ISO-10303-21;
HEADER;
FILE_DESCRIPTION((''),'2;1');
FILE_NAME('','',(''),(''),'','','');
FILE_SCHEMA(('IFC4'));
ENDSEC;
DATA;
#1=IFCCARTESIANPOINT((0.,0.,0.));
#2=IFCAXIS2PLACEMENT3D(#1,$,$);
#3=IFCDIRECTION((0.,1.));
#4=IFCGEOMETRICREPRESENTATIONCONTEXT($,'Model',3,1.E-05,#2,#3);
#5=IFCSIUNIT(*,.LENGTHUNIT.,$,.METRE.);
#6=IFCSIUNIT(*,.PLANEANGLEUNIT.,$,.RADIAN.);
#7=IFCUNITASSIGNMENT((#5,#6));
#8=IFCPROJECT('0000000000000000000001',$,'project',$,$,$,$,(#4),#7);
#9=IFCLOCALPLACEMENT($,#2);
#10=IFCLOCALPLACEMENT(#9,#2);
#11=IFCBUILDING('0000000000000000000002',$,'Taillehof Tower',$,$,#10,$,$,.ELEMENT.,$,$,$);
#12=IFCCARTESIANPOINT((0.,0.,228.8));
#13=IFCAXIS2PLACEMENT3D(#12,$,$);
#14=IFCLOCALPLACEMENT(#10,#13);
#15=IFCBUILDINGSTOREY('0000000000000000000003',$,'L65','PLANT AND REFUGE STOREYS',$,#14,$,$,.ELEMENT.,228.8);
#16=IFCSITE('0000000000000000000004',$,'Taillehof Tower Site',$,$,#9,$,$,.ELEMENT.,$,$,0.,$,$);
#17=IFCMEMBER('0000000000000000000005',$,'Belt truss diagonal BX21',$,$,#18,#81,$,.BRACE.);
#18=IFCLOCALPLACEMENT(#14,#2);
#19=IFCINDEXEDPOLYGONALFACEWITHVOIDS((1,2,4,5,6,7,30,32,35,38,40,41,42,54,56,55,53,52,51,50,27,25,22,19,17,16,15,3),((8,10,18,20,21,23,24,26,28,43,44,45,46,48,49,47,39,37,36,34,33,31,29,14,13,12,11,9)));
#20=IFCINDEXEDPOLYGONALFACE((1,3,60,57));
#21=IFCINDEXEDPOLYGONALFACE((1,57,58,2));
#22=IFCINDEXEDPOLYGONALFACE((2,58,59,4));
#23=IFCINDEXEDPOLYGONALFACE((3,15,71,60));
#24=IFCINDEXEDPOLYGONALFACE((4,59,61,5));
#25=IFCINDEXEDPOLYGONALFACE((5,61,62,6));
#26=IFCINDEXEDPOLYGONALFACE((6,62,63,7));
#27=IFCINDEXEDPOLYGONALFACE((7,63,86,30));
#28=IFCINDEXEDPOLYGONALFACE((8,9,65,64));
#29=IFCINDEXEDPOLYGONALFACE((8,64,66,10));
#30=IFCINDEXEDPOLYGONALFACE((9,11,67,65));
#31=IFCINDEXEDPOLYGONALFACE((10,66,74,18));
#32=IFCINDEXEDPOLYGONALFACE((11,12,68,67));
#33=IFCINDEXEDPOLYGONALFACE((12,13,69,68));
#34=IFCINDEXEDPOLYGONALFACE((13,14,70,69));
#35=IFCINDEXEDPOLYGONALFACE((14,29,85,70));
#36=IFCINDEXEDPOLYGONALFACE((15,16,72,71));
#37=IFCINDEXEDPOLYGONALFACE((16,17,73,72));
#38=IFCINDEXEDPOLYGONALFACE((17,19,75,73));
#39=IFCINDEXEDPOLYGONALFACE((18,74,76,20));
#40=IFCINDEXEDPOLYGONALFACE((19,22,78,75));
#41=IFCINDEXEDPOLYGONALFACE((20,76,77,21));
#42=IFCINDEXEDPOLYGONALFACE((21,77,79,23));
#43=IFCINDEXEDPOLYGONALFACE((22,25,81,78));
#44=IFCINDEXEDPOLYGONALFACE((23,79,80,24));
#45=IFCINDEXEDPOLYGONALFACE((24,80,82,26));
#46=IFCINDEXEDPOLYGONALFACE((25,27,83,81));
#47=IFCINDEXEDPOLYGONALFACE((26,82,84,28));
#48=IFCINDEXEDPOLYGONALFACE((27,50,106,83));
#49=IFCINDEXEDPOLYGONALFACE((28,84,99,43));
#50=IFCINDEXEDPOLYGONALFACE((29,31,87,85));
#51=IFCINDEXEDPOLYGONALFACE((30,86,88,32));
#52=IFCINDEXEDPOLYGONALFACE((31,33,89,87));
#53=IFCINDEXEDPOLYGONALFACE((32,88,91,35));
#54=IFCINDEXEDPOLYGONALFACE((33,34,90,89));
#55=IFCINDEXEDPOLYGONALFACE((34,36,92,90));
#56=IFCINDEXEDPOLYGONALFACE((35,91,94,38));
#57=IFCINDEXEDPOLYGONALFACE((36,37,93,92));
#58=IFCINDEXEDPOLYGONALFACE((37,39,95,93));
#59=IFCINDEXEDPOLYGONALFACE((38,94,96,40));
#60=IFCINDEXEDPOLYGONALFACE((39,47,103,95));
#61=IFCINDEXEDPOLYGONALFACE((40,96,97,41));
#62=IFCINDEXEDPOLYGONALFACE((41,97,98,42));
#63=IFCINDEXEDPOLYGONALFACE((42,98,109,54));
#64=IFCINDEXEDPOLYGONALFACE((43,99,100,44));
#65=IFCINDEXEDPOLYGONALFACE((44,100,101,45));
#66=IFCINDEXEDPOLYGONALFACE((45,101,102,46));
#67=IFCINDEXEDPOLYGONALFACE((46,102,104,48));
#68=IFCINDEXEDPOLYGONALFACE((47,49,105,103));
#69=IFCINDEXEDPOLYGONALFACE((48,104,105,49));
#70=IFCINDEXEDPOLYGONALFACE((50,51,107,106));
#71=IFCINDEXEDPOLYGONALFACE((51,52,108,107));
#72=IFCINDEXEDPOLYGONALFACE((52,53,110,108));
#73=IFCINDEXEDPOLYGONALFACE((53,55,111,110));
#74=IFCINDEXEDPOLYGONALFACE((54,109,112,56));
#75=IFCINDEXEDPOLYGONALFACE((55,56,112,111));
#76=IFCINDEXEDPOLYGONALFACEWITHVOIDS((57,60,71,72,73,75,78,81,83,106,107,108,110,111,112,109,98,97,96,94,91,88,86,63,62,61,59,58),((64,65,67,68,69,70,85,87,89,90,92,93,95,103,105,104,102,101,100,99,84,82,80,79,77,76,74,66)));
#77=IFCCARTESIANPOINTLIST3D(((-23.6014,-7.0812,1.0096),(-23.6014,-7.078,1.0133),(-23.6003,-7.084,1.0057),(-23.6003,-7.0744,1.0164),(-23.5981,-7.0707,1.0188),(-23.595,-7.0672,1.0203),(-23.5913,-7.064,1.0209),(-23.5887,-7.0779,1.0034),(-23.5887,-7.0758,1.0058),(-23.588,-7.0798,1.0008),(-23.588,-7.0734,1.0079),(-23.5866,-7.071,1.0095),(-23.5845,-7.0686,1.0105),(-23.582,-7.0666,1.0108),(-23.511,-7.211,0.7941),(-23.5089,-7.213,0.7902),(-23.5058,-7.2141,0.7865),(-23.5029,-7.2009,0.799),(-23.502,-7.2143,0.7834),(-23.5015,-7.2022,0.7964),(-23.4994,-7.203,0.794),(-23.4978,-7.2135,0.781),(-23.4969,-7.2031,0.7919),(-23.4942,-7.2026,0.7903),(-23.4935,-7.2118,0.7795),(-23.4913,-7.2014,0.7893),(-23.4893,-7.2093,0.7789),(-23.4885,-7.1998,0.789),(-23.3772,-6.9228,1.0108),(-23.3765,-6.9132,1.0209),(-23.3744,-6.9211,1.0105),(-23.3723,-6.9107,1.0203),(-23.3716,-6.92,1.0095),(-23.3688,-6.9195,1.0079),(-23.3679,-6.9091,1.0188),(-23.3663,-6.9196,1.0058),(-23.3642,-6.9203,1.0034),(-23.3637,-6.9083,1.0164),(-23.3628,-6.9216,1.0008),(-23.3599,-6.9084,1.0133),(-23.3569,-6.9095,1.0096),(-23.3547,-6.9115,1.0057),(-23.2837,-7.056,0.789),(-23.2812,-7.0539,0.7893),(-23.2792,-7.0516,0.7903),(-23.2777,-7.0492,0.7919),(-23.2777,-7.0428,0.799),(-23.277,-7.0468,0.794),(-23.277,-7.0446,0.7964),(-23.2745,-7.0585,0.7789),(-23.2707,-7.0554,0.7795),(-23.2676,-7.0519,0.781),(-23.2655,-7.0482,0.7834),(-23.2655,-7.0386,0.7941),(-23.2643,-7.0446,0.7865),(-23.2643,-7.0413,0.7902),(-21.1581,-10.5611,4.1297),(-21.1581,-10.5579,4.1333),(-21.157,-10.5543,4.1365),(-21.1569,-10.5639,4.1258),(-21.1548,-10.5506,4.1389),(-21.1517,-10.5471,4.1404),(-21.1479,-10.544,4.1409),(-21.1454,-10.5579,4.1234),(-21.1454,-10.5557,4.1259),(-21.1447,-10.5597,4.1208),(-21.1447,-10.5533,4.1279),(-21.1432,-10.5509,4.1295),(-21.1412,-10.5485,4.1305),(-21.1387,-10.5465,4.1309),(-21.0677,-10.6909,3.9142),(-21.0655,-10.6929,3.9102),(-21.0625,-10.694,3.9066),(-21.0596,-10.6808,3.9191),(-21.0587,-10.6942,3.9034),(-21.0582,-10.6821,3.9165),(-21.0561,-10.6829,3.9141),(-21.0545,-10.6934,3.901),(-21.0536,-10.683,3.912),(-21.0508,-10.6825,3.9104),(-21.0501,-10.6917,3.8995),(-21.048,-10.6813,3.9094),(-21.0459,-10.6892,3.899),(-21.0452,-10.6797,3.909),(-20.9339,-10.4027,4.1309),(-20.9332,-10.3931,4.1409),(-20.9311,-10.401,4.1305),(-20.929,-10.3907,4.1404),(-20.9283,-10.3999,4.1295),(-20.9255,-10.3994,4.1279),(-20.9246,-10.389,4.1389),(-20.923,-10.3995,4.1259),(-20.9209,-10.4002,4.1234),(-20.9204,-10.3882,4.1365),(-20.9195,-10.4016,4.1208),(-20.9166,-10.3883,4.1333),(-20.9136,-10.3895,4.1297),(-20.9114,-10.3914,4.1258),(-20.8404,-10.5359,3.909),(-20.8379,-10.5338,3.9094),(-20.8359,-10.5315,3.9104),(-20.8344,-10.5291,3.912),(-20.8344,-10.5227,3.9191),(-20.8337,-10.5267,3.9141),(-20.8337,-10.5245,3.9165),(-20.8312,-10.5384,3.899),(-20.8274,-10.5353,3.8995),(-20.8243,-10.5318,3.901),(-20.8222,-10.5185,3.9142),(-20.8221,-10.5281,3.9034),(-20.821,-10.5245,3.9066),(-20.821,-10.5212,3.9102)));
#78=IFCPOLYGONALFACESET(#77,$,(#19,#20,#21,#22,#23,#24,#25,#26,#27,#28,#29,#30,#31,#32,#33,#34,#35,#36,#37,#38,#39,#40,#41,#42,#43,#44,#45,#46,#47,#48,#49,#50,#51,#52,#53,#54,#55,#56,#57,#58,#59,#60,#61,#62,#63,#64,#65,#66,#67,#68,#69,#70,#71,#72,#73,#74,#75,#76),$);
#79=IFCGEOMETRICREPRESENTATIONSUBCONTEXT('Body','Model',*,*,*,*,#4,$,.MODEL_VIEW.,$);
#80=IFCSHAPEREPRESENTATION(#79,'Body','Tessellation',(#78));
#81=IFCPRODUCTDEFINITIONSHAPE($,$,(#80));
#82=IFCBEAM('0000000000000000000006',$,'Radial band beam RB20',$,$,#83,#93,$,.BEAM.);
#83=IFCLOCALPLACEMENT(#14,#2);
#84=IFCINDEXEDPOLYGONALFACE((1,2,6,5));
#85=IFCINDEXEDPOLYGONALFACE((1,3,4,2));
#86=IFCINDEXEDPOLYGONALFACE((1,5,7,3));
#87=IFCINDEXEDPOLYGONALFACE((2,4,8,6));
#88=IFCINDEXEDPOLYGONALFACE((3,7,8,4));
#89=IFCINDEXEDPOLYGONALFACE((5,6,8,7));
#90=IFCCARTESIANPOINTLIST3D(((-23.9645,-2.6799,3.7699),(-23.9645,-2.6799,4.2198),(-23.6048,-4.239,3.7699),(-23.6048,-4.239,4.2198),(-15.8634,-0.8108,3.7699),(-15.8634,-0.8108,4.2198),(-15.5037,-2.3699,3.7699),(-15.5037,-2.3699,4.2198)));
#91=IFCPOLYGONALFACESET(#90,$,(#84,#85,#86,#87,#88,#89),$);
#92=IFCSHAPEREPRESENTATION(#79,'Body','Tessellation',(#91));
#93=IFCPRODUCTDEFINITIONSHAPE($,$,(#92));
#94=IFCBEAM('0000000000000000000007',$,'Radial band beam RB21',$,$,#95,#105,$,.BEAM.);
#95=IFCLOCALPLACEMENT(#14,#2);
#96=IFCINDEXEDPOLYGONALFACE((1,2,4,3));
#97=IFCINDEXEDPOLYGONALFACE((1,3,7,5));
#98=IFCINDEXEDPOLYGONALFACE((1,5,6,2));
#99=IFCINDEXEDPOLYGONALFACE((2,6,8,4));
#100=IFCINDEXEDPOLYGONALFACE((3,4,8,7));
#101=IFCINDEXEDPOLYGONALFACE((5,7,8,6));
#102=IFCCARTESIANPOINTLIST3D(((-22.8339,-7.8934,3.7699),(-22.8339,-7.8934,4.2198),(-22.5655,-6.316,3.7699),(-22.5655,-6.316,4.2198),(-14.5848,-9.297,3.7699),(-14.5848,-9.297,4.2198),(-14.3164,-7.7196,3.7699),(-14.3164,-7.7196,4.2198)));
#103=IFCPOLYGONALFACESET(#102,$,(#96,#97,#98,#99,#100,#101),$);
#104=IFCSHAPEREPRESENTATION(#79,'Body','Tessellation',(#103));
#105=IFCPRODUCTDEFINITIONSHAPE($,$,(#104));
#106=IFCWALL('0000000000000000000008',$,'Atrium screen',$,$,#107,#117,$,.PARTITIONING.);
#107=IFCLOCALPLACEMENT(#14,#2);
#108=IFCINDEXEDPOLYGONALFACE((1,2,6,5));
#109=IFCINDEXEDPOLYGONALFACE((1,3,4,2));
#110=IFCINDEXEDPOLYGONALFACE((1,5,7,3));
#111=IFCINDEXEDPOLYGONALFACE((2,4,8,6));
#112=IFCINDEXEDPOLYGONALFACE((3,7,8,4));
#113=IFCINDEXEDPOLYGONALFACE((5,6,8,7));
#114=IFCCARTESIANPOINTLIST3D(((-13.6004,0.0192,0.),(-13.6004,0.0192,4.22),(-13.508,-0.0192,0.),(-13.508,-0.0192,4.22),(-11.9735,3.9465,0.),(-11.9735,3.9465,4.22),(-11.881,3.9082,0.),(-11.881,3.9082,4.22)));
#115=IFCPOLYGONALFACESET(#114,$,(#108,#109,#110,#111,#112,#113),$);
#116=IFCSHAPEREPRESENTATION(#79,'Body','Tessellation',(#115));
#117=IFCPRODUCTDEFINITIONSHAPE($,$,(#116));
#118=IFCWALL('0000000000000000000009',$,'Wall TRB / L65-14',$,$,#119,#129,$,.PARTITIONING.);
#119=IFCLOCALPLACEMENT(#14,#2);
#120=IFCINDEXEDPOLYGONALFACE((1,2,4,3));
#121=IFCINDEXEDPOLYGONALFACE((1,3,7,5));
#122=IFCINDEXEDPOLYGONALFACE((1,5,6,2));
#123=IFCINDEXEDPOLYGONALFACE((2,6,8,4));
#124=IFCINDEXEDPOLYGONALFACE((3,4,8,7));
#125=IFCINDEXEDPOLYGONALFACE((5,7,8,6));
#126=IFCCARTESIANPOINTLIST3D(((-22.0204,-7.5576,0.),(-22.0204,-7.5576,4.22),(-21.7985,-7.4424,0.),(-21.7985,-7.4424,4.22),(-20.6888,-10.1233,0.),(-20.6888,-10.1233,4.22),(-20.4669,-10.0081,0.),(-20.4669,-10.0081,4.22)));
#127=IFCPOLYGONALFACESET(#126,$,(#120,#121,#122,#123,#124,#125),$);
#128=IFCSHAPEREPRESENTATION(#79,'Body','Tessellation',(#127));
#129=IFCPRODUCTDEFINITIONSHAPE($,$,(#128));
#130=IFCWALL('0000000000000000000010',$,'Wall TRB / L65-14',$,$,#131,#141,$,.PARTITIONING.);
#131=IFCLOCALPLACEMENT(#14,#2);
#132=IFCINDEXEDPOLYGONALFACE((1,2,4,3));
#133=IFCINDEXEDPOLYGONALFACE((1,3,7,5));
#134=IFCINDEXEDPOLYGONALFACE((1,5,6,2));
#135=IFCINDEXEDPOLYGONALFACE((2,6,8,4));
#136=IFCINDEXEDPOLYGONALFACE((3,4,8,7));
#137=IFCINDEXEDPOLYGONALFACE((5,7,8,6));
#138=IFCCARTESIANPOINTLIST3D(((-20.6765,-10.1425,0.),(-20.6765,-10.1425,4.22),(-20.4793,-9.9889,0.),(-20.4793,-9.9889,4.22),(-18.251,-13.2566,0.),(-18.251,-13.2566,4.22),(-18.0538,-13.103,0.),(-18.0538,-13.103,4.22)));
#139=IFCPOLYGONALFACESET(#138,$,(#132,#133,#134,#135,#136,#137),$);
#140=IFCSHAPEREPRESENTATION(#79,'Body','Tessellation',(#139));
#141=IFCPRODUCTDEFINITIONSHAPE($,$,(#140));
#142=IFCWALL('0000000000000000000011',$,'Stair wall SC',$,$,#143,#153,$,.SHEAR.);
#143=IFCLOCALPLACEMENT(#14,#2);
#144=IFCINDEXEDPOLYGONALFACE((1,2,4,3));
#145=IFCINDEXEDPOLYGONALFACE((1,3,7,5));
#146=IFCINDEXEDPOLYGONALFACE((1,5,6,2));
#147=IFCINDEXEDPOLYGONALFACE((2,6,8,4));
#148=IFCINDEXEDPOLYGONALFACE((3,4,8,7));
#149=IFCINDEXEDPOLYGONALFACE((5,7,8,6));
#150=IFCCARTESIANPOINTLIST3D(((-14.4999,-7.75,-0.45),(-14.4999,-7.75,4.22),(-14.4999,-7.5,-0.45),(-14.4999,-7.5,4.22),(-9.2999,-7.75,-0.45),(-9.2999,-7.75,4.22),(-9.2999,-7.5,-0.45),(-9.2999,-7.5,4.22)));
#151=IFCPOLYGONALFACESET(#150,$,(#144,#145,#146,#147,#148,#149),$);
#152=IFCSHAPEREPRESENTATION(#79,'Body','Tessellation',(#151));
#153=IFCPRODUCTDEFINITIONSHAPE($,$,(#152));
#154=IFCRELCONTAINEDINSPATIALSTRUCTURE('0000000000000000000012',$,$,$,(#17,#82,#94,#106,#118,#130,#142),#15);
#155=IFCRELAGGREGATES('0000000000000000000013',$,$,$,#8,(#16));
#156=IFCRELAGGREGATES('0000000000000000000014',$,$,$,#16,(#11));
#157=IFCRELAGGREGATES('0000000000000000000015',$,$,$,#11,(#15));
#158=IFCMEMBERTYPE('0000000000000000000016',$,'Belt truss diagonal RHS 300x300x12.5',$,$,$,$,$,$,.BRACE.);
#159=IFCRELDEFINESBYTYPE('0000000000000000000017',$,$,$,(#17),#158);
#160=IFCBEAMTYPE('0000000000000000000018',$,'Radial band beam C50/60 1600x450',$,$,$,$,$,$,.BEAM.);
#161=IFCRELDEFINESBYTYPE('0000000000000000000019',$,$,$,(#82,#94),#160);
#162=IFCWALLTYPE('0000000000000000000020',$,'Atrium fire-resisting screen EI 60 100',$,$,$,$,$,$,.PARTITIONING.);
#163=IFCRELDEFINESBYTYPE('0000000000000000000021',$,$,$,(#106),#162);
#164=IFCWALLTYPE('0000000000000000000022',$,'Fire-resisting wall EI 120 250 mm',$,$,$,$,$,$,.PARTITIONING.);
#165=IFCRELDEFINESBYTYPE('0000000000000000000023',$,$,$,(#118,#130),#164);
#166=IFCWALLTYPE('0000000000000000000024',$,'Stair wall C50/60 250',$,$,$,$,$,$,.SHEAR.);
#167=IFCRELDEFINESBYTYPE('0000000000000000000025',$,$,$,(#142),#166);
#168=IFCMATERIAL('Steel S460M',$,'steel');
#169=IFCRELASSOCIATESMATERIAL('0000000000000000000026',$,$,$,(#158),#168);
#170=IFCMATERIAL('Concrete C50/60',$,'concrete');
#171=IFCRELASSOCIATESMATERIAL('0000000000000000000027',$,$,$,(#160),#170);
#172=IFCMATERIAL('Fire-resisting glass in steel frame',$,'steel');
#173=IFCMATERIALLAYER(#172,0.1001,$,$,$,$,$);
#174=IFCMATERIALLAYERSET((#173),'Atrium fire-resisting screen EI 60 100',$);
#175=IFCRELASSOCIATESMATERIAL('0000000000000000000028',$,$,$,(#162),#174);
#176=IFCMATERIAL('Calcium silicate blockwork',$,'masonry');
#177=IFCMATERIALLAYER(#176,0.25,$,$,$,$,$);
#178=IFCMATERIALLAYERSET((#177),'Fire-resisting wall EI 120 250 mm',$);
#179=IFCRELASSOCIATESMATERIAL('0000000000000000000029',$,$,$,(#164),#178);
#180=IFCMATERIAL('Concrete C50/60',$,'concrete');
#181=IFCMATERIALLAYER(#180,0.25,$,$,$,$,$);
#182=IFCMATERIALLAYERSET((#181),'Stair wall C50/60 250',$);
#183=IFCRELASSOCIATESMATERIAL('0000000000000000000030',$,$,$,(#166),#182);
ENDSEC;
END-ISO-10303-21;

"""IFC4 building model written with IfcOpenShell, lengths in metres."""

from ifc_helpers import new_model, si_unit, direction, frame, frame_2d, origin, origin_2d, place, context, subcontext, project, spatial, rectangle, hollow_rectangle, extrude, material, layer, layer_set, material_profile, profile_set, type_object, element, save


model = new_model("IFC4")

# Units and contexts
model_context = context("Model", 3, precision=1e-05, world=origin(), true_north=direction((0.0, 1.0)))
body_context = subcontext(model_context, "Body", "Model", "MODEL_VIEW")
ifc_project = project(units=[si_unit("LENGTHUNIT", "METRE"), si_unit("PLANEANGLEUNIT", "RADIAN")], contexts=[model_context])

# Site, building, storey
site_placement = place(None, origin())
site = spatial("IfcSite", under=ifc_project, at=site_placement, Name="Taillehof Tower Site", CompositionType="ELEMENT", RefElevation=0.0)
building_placement = place(site_placement, origin())
building = spatial("IfcBuilding", under=site, at=building_placement, Name="Taillehof Tower", CompositionType="ELEMENT")
storey_placement = place(building_placement, frame((0.0, 0.0, 228.8)))
storey = spatial("IfcBuildingStorey", under=building, at=storey_placement, Name="L65", Description="PLANT AND REFUGE STOREYS", CompositionType="ELEMENT", Elevation=228.8)

# Member
ifc_material_1 = material(Name="Steel S460M", Category="steel")
ifc_material_profile_1 = material_profile(ifc_material_1, hollow_rectangle(XDim=0.3, YDim=0.3, WallThickness=0.0125, InnerFilletRadius=0.0125, OuterFilletRadius=0.0188, at=origin_2d()), Name="RHS 300x300x12.5")
ifc_profile_set_1 = profile_set([ifc_material_profile_1], Name="Steel S460M")
member_type_1 = type_object("IfcMemberType", Name="Belt truss diagonal RHS 300x300x12.5", PredefinedType="BRACE", material=ifc_profile_set_1)
member_1_placement = place(storey_placement, frame((-23.4329, -7.0613, 0.8999), z_axis=(0.463281, -0.659833, 0.5916), x_axis=(0.818416, 0.574626, 0.0)))
element("IfcMember", 1, at=member_1_placement, inside=storey, type_object=member_type_1, Name="Belt truss diagonal BX21", PredefinedType="BRACE", context=body_context, shape_type="SweptSolid", body=[
    extrude(hollow_rectangle(XDim=0.3, YDim=0.3, WallThickness=0.0125, InnerFilletRadius=0.0125, OuterFilletRadius=0.0188, at=origin_2d()), origin(), (0.0, 0.0, 1.0), 5.2739),
])

# Beams
ifc_material_2 = material(Name="Concrete C50/60", Category="concrete")
ifc_material_profile_2 = material_profile(ifc_material_2, rectangle(XDim=1.6001, YDim=0.45, at=origin_2d()), Name="RC 1600x450")
ifc_profile_set_2 = profile_set([ifc_material_profile_2], Name="Concrete C50/60")
beam_type_1 = type_object("IfcBeamType", Name="Radial band beam C50/60 1600x450", PredefinedType="BEAM", material=ifc_profile_set_2)
beam_1_placement = place(storey_placement, frame((-23.7847, -3.4595, 3.9949), z_axis=(0.9744, 0.224821, 0.0), x_axis=(-0.224821, 0.9744, 0.0)))
element("IfcBeam", 2, at=beam_1_placement, inside=storey, type_object=beam_type_1, Name="Radial band beam RB20", PredefinedType="BEAM", context=body_context, shape_type="SweptSolid", body=[
    extrude(rectangle(XDim=1.6001, YDim=0.45, at=origin_2d()), origin(), (0.0, 0.0, 1.0), 8.314),
])
beam_2_placement = place(storey_placement, frame((-22.6997, -7.1047, 3.9949), z_axis=(0.985832, -0.167738, 0.0), x_axis=(0.167738, 0.985832, 0.0)))
element("IfcBeam", 3, at=beam_2_placement, inside=storey, type_object=beam_type_1, Name="Radial band beam RB21", PredefinedType="BEAM", context=body_context, shape_type="SweptSolid", body=[
    extrude(rectangle(XDim=1.6001, YDim=0.45, at=origin_2d()), origin(), (0.0, 0.0, 1.0), 8.3677),
])

# Walls
ifc_material_3 = material(Name="Fire-resisting glass in steel frame", Category="steel")
ifc_layer_1 = layer(ifc_material_3, 0.1001)
ifc_layer_set_1 = layer_set([ifc_layer_1], Name="Atrium fire-resisting screen EI 60 100")
wall_type_1 = type_object("IfcWallType", Name="Atrium fire-resisting screen EI 60 100", PredefinedType="PARTITIONING", material=ifc_layer_set_1)
wall_1_placement = place(storey_placement, frame((-13.5542, 0.0, 0.0), z_axis=(0.0, 0.0, 1.0), x_axis=(0.382731, 0.92386, 0.0)))
element("IfcWall", 4, at=wall_1_placement, inside=storey, type_object=wall_type_1, Name="Atrium screen", PredefinedType="PARTITIONING", context=body_context, shape_type="SweptSolid", body=[
    extrude(rectangle(XDim=4.251, YDim=0.1001, at=frame_2d((2.1255, 0.0))), origin(), (0.0, 0.0, 1.0), 4.22),
])
ifc_material_4 = material(Name="Calcium silicate blockwork", Category="masonry")
ifc_layer_2 = layer(ifc_material_4, 0.25)
ifc_layer_set_2 = layer_set([ifc_layer_2], Name="Fire-resisting wall EI 120 250 mm")
wall_type_2 = type_object("IfcWallType", Name="Fire-resisting wall EI 120 250 mm", PredefinedType="PARTITIONING", material=ifc_layer_set_2)
wall_2_placement = place(storey_placement, frame((-21.9094, -7.5, 0.0), z_axis=(0.0, 0.0, 1.0), x_axis=(0.460643, -0.887586, 0.0)))
element("IfcWall", 5, at=wall_2_placement, inside=storey, type_object=wall_type_2, Name="Wall TRB / L65-14", PredefinedType="PARTITIONING", context=body_context, shape_type="SweptSolid", body=[
    extrude(rectangle(XDim=2.8906, YDim=0.25, at=frame_2d((1.4453, 0.0))), origin(), (0.0, 0.0, 1.0), 4.22),
])
wall_3_placement = place(storey_placement, frame((-20.5779, -10.0657, 0.0), z_axis=(0.0, 0.0, 1.0), x_axis=(0.614467, -0.788942, 0.0)))
element("IfcWall", 6, at=wall_3_placement, inside=storey, type_object=wall_type_2, Name="Wall TRB / L65-14", PredefinedType="PARTITIONING", context=body_context, shape_type="SweptSolid", body=[
    extrude(rectangle(XDim=3.9473, YDim=0.25, at=frame_2d((1.9736, 0.0))), origin(), (0.0, 0.0, 1.0), 4.22),
])
ifc_material_5 = material(Name="Concrete C50/60", Category="concrete")
ifc_layer_3 = layer(ifc_material_5, 0.25)
ifc_layer_set_3 = layer_set([ifc_layer_3], Name="Stair wall C50/60 250")
wall_type_3 = type_object("IfcWallType", Name="Stair wall C50/60 250", PredefinedType="SHEAR", material=ifc_layer_set_3)
wall_4_placement = place(storey_placement, frame((-14.5, -7.625, -0.45), z_axis=(0.0, 0.0, 1.0), x_axis=(1.0, 0.0, 0.0)))
element("IfcWall", 7, at=wall_4_placement, inside=storey, type_object=wall_type_3, Name="Stair wall SC", PredefinedType="SHEAR", context=body_context, shape_type="SweptSolid", body=[
    extrude(rectangle(XDim=5.2, YDim=0.25, at=frame_2d((2.6001, 0.0))), origin(), (0.0, 0.0, 1.0), 4.6699),
])

save(model, "model.ifc")
